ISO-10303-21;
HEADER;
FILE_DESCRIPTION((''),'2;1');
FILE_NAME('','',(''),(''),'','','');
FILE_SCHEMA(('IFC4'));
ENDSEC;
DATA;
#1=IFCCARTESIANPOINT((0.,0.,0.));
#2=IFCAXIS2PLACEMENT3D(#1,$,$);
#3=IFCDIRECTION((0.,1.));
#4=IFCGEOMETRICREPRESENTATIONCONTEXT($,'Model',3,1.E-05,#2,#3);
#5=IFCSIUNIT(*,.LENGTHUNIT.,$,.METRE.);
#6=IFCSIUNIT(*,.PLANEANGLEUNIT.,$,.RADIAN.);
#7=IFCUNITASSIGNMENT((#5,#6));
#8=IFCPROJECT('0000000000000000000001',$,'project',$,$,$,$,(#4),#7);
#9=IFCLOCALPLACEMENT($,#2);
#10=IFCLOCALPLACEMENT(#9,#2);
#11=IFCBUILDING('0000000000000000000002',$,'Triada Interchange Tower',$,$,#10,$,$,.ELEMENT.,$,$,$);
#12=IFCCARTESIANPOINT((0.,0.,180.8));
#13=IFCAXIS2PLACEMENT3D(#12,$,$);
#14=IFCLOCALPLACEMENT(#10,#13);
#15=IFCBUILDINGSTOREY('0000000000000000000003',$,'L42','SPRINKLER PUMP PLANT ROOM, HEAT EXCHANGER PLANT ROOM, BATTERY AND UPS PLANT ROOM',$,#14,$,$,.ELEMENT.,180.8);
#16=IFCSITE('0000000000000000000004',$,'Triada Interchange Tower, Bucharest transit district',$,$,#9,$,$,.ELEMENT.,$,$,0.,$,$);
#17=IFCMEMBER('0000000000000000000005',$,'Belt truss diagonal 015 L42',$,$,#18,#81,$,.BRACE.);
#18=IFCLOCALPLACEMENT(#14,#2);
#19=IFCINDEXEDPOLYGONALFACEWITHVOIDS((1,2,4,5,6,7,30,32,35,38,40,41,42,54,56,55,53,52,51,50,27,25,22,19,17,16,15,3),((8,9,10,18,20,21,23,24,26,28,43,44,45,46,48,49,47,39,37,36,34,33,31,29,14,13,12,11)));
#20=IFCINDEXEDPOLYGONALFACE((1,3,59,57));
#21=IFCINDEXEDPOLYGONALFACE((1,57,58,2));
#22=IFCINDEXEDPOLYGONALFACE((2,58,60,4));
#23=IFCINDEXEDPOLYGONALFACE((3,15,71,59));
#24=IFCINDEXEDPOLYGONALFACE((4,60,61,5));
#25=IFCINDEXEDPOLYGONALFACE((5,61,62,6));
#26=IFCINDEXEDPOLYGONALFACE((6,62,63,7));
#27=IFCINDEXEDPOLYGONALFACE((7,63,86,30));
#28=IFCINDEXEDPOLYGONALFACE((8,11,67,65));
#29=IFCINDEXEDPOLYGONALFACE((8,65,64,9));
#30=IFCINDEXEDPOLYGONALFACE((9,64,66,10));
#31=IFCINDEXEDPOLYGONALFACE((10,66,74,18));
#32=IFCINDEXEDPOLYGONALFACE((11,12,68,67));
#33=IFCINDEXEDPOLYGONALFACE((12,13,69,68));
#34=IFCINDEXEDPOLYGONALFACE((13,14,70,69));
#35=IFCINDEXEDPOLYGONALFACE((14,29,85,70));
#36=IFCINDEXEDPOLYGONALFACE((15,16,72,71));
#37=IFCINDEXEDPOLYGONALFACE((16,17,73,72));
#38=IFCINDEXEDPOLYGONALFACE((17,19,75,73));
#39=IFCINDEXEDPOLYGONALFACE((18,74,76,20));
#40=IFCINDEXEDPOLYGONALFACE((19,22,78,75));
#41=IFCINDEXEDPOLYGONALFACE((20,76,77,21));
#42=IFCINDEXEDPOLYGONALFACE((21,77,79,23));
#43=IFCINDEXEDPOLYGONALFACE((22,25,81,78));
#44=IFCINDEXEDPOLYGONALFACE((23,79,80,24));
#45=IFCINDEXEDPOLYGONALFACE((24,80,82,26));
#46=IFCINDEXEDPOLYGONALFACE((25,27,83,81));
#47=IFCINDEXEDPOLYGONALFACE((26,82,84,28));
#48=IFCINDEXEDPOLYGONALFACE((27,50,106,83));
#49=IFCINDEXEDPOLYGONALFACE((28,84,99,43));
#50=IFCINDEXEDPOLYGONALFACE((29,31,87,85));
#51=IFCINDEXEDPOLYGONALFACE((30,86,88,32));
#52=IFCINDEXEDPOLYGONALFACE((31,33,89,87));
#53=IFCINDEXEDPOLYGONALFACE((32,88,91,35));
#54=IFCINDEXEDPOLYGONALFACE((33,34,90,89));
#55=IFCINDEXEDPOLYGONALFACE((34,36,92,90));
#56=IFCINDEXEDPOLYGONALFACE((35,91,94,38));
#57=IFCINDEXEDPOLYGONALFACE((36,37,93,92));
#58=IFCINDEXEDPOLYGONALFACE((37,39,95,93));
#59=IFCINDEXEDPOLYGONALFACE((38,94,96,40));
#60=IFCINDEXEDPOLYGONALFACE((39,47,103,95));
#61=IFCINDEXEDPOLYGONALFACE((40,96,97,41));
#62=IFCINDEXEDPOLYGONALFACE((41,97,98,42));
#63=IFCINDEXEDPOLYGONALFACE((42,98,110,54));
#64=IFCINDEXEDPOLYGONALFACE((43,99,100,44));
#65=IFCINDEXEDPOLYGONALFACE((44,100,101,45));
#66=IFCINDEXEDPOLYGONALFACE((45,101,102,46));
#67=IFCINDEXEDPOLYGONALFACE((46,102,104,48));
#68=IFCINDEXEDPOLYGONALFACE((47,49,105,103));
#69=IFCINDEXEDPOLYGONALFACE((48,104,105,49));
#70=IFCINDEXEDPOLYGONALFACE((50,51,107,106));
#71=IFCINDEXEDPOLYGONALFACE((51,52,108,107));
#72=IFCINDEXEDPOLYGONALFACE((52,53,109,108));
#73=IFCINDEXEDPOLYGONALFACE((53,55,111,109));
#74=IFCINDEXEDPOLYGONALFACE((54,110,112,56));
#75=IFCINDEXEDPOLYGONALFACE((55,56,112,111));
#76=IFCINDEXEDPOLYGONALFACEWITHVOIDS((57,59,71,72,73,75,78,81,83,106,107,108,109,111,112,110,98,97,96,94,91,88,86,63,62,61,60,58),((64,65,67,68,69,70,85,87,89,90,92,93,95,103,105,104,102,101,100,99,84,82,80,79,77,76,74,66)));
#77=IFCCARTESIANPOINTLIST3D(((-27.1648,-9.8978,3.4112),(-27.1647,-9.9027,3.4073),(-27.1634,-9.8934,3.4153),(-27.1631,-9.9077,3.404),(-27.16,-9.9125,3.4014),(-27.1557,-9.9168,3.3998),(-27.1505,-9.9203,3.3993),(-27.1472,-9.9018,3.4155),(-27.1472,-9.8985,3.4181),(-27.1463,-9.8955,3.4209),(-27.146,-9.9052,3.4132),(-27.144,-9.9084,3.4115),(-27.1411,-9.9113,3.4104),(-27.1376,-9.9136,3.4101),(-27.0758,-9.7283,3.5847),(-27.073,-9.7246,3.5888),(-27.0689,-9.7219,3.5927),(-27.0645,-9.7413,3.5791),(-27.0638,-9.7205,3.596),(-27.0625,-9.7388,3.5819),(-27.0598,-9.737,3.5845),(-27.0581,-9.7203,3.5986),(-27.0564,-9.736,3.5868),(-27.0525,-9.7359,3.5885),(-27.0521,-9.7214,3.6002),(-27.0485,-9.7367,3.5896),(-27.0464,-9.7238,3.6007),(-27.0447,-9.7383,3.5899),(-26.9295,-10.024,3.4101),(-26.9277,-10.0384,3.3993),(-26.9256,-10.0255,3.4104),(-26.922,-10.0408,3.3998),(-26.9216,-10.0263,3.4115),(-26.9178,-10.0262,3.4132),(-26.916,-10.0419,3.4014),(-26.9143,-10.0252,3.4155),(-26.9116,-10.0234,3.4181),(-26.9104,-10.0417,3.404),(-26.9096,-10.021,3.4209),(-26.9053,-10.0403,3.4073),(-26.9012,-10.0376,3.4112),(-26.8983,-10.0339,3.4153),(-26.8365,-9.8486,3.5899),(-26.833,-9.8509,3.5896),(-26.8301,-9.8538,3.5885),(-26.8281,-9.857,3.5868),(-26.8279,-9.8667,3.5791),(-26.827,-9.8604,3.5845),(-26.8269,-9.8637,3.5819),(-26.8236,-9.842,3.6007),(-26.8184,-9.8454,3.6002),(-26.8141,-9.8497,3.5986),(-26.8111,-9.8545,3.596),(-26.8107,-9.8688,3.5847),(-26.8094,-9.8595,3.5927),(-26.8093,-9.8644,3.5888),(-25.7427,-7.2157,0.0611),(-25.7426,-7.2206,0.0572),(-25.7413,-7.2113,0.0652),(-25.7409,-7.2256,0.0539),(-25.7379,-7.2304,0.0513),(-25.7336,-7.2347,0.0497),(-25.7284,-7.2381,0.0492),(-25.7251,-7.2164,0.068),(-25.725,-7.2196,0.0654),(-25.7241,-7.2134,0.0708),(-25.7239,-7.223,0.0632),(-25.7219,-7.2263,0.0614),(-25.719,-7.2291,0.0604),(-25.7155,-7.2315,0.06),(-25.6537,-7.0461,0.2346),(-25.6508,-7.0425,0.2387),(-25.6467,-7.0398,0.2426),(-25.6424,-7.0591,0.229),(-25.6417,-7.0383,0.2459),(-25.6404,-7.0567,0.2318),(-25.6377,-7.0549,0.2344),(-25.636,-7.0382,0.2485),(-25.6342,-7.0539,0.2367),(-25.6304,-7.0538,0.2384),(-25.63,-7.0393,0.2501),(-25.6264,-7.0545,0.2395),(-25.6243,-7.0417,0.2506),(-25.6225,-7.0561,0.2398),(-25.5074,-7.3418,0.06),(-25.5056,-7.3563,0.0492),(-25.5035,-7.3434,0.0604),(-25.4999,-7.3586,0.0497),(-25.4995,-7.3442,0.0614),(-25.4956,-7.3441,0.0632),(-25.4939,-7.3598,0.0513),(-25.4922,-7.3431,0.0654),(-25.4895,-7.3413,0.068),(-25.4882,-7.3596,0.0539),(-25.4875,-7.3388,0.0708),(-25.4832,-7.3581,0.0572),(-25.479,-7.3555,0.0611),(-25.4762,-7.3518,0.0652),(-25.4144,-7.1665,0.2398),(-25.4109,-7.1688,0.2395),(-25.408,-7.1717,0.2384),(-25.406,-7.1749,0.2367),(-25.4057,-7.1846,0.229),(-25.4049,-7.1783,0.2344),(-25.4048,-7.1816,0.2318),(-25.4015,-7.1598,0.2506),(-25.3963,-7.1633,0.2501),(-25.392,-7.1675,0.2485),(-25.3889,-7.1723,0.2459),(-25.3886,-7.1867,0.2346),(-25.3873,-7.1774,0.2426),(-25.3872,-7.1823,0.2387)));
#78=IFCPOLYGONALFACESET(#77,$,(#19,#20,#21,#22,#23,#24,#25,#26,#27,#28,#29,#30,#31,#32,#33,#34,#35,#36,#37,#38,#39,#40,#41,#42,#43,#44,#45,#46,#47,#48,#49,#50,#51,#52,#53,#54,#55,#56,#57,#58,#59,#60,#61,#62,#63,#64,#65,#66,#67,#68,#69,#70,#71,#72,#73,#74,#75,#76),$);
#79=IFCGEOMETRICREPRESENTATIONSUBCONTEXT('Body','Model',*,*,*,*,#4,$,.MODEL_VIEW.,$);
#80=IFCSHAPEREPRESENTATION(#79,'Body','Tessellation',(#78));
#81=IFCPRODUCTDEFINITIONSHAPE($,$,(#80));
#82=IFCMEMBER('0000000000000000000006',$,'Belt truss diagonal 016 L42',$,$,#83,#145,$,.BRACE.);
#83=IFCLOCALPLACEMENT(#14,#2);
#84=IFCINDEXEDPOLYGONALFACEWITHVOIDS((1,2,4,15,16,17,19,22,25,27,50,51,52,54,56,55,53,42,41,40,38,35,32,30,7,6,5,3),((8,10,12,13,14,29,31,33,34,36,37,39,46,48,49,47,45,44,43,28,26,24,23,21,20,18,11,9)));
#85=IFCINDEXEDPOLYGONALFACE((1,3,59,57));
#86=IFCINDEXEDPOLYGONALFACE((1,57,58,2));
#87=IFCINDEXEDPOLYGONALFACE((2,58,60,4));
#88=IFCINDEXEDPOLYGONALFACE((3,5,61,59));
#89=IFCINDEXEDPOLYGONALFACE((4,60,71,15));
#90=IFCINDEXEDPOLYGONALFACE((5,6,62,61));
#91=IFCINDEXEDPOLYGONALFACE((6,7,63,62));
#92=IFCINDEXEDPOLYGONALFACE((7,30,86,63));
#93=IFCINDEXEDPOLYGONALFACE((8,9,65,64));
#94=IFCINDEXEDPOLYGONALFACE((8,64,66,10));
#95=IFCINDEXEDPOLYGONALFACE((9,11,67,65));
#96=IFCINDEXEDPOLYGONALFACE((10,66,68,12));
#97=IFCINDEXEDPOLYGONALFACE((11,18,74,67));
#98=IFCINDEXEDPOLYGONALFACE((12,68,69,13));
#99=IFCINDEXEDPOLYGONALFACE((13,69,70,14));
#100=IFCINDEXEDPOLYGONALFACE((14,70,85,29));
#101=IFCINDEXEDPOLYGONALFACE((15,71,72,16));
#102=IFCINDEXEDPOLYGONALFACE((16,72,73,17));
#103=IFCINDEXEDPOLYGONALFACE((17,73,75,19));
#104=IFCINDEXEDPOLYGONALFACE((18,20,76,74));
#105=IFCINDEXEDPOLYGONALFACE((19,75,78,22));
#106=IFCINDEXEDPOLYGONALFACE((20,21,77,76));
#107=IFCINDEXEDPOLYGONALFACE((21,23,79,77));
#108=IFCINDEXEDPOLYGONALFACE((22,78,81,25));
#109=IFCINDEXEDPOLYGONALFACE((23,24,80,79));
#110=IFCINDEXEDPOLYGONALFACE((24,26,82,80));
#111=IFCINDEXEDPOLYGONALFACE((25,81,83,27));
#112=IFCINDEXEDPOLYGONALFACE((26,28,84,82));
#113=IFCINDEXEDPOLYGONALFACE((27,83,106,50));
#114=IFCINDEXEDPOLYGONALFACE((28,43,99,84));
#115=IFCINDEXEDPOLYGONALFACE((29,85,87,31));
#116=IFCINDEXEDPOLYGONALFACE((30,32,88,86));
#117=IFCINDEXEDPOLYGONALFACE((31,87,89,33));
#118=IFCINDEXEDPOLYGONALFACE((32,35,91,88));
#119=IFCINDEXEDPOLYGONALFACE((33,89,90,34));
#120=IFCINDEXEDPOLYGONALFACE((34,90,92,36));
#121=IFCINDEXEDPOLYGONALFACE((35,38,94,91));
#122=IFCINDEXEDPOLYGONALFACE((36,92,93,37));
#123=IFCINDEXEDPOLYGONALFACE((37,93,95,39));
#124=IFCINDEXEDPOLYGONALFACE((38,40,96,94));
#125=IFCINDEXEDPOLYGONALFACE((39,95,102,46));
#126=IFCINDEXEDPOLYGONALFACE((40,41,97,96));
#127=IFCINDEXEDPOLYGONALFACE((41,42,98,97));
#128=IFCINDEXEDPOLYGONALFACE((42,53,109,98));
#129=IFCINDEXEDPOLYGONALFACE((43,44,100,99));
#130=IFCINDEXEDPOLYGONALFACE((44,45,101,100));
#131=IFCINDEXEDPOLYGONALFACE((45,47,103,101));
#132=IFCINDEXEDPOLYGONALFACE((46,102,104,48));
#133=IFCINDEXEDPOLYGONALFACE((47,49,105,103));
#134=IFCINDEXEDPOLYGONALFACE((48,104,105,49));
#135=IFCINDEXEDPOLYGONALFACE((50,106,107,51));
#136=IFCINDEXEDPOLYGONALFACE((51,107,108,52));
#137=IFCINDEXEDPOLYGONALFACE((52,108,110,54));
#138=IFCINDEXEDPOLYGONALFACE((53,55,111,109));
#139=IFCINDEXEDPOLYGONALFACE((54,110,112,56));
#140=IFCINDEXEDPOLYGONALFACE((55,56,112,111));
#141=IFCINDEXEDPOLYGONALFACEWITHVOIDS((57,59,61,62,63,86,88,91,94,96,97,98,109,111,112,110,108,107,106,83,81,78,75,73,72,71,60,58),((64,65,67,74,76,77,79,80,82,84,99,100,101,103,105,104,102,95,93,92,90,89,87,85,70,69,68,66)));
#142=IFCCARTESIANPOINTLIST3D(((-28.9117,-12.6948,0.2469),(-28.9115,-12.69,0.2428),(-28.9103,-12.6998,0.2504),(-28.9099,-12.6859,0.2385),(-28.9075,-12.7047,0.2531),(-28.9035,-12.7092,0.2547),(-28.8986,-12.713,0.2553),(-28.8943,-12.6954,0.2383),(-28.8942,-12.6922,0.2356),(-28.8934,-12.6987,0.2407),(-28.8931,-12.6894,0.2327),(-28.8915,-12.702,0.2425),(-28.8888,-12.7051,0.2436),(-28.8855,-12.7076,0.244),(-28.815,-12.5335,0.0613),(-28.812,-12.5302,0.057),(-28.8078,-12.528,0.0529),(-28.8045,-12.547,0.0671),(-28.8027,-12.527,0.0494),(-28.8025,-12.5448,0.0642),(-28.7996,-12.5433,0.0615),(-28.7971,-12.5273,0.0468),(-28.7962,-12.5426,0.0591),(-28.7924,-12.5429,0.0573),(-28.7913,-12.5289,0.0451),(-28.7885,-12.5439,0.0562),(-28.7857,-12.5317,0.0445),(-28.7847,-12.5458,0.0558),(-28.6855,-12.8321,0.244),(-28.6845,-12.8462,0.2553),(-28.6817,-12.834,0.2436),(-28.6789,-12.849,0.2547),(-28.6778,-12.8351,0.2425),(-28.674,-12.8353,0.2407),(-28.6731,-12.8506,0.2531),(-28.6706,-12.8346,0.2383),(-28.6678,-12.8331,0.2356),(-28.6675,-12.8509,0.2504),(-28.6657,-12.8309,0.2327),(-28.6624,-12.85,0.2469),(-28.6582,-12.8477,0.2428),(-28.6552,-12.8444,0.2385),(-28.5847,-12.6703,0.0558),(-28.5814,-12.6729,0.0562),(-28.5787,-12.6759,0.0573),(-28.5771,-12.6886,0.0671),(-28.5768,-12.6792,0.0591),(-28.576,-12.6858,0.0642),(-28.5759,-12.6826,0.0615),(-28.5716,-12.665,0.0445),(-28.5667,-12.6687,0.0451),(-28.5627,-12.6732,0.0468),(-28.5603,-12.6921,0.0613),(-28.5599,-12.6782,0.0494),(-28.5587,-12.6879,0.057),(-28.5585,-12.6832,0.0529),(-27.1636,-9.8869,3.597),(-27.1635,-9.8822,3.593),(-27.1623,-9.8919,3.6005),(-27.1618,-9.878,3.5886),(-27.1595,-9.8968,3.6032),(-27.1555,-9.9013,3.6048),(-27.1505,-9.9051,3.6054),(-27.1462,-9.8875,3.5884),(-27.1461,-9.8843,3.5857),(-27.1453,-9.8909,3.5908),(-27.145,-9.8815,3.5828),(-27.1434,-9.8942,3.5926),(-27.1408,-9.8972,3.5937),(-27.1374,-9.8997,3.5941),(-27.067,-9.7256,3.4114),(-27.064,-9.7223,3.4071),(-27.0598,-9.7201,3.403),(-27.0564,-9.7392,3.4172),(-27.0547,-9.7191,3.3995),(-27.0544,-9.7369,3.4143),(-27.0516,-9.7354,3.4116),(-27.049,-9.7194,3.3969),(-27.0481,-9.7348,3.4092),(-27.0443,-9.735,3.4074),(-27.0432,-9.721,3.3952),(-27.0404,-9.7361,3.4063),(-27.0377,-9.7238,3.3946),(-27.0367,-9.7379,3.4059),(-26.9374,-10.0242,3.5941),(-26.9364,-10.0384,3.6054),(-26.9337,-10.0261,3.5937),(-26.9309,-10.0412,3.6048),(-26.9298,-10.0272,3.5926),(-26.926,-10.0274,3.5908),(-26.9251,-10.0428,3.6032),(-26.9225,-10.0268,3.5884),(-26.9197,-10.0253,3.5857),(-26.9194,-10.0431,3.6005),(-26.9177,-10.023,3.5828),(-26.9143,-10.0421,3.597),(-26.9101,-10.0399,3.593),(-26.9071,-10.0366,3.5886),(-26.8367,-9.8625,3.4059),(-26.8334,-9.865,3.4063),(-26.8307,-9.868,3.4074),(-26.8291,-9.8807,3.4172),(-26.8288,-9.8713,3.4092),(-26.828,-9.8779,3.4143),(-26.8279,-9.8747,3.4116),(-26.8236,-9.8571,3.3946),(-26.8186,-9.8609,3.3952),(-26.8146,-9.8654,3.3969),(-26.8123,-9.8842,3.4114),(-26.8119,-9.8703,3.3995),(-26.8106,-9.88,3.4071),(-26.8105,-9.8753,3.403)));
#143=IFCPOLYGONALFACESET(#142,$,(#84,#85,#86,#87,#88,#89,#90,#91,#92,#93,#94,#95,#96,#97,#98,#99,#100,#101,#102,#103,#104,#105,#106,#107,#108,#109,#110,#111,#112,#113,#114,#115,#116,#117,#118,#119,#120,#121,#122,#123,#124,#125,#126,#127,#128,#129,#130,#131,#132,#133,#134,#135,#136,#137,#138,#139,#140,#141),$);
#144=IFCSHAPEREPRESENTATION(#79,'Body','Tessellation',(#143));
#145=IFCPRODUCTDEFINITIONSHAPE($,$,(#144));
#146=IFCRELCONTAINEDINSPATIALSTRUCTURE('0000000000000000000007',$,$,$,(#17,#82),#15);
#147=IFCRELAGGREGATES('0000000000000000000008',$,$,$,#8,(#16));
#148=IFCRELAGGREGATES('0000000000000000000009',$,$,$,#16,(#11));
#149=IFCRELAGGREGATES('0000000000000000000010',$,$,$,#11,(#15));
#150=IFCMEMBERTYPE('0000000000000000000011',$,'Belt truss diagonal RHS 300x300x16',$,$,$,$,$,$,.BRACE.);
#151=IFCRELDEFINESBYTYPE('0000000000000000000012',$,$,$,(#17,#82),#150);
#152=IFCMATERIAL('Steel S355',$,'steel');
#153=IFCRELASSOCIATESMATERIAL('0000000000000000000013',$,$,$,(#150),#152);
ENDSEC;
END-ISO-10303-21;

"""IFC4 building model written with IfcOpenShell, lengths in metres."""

from ifc_helpers import new_model, si_unit, direction, frame, origin, origin_2d, place, context, subcontext, project, spatial, hollow_rectangle, extrude, material, material_profile, profile_set, type_object, element, save


model = new_model("IFC4")

# Units and contexts
model_context = context("Model", 3, precision=1e-05, world=origin(), true_north=direction((0.0, 1.0)))
body_context = subcontext(model_context, "Body", "Model", "MODEL_VIEW")
ifc_project = project(units=[si_unit("LENGTHUNIT", "METRE"), si_unit("PLANEANGLEUNIT", "RADIAN")], contexts=[model_context])

# Site, building, storey
site_placement = place(None, origin())
site = spatial("IfcSite", under=ifc_project, at=site_placement, Name="Triada Interchange Tower, Bucharest transit district", CompositionType="ELEMENT", RefElevation=0.0)
building_placement = place(site_placement, origin())
building = spatial("IfcBuilding", under=site, at=building_placement, Name="Triada Interchange Tower", CompositionType="ELEMENT")
storey_placement = place(building_placement, frame((0.0, 0.0, 180.8)))
storey = spatial("IfcBuildingStorey", under=building, at=storey_placement, Name="L42", Description="SPRINKLER PUMP PLANT ROOM, HEAT EXCHANGER PLANT ROOM, BATTERY AND UPS PLANT ROOM", CompositionType="ELEMENT", Elevation=180.8)

# Members
ifc_material_1 = material(Name="Steel S355", Category="steel")
ifc_material_profile_1 = material_profile(ifc_material_1, hollow_rectangle(XDim=0.3, YDim=0.3, WallThickness=0.0161, InnerFilletRadius=0.0161, OuterFilletRadius=0.0239, at=origin_2d()), Name="RHS 300x300x16")
ifc_profile_set_1 = profile_set([ifc_material_profile_1], Name="Steel S355")
member_type = type_object("IfcMemberType", Name="Belt truss diagonal RHS 300x300x16", PredefinedType="BRACE", material=ifc_profile_set_1)
member_1_placement = place(storey_placement, frame((-25.5649, -7.199, 0.1499), z_axis=(-0.314559, -0.593261, 0.741009), x_axis=(0.883492, -0.468446, 0.0)))
element("IfcMember", 1, at=member_1_placement, inside=storey, type_object=member_type, Name="Belt truss diagonal 015 L42", PredefinedType="BRACE", context=body_context, shape_type="SweptSolid", body=[
    extrude(hollow_rectangle(XDim=0.3, YDim=0.3, WallThickness=0.0161, InnerFilletRadius=0.0161, OuterFilletRadius=0.0239, at=origin_2d()), origin(), (0.0, 0.0, 1.0), 4.521),
])
member_2_placement = place(storey_placement, frame((-28.7351, -12.689, 0.1499), z_axis=(0.371313, 0.596434, 0.711613), x_axis=(-0.84893, 0.528505, 0.0)))
element("IfcMember", 2, at=member_2_placement, inside=storey, type_object=member_type, Name="Belt truss diagonal 016 L42", PredefinedType="BRACE", context=body_context, shape_type="SweptSolid", body=[
    extrude(hollow_rectangle(XDim=0.3, YDim=0.3, WallThickness=0.0161, InnerFilletRadius=0.0161, OuterFilletRadius=0.0239, at=origin_2d()), origin(), (0.0, 0.0, 1.0), 4.7078),
])

save(model, "model.ifc")
